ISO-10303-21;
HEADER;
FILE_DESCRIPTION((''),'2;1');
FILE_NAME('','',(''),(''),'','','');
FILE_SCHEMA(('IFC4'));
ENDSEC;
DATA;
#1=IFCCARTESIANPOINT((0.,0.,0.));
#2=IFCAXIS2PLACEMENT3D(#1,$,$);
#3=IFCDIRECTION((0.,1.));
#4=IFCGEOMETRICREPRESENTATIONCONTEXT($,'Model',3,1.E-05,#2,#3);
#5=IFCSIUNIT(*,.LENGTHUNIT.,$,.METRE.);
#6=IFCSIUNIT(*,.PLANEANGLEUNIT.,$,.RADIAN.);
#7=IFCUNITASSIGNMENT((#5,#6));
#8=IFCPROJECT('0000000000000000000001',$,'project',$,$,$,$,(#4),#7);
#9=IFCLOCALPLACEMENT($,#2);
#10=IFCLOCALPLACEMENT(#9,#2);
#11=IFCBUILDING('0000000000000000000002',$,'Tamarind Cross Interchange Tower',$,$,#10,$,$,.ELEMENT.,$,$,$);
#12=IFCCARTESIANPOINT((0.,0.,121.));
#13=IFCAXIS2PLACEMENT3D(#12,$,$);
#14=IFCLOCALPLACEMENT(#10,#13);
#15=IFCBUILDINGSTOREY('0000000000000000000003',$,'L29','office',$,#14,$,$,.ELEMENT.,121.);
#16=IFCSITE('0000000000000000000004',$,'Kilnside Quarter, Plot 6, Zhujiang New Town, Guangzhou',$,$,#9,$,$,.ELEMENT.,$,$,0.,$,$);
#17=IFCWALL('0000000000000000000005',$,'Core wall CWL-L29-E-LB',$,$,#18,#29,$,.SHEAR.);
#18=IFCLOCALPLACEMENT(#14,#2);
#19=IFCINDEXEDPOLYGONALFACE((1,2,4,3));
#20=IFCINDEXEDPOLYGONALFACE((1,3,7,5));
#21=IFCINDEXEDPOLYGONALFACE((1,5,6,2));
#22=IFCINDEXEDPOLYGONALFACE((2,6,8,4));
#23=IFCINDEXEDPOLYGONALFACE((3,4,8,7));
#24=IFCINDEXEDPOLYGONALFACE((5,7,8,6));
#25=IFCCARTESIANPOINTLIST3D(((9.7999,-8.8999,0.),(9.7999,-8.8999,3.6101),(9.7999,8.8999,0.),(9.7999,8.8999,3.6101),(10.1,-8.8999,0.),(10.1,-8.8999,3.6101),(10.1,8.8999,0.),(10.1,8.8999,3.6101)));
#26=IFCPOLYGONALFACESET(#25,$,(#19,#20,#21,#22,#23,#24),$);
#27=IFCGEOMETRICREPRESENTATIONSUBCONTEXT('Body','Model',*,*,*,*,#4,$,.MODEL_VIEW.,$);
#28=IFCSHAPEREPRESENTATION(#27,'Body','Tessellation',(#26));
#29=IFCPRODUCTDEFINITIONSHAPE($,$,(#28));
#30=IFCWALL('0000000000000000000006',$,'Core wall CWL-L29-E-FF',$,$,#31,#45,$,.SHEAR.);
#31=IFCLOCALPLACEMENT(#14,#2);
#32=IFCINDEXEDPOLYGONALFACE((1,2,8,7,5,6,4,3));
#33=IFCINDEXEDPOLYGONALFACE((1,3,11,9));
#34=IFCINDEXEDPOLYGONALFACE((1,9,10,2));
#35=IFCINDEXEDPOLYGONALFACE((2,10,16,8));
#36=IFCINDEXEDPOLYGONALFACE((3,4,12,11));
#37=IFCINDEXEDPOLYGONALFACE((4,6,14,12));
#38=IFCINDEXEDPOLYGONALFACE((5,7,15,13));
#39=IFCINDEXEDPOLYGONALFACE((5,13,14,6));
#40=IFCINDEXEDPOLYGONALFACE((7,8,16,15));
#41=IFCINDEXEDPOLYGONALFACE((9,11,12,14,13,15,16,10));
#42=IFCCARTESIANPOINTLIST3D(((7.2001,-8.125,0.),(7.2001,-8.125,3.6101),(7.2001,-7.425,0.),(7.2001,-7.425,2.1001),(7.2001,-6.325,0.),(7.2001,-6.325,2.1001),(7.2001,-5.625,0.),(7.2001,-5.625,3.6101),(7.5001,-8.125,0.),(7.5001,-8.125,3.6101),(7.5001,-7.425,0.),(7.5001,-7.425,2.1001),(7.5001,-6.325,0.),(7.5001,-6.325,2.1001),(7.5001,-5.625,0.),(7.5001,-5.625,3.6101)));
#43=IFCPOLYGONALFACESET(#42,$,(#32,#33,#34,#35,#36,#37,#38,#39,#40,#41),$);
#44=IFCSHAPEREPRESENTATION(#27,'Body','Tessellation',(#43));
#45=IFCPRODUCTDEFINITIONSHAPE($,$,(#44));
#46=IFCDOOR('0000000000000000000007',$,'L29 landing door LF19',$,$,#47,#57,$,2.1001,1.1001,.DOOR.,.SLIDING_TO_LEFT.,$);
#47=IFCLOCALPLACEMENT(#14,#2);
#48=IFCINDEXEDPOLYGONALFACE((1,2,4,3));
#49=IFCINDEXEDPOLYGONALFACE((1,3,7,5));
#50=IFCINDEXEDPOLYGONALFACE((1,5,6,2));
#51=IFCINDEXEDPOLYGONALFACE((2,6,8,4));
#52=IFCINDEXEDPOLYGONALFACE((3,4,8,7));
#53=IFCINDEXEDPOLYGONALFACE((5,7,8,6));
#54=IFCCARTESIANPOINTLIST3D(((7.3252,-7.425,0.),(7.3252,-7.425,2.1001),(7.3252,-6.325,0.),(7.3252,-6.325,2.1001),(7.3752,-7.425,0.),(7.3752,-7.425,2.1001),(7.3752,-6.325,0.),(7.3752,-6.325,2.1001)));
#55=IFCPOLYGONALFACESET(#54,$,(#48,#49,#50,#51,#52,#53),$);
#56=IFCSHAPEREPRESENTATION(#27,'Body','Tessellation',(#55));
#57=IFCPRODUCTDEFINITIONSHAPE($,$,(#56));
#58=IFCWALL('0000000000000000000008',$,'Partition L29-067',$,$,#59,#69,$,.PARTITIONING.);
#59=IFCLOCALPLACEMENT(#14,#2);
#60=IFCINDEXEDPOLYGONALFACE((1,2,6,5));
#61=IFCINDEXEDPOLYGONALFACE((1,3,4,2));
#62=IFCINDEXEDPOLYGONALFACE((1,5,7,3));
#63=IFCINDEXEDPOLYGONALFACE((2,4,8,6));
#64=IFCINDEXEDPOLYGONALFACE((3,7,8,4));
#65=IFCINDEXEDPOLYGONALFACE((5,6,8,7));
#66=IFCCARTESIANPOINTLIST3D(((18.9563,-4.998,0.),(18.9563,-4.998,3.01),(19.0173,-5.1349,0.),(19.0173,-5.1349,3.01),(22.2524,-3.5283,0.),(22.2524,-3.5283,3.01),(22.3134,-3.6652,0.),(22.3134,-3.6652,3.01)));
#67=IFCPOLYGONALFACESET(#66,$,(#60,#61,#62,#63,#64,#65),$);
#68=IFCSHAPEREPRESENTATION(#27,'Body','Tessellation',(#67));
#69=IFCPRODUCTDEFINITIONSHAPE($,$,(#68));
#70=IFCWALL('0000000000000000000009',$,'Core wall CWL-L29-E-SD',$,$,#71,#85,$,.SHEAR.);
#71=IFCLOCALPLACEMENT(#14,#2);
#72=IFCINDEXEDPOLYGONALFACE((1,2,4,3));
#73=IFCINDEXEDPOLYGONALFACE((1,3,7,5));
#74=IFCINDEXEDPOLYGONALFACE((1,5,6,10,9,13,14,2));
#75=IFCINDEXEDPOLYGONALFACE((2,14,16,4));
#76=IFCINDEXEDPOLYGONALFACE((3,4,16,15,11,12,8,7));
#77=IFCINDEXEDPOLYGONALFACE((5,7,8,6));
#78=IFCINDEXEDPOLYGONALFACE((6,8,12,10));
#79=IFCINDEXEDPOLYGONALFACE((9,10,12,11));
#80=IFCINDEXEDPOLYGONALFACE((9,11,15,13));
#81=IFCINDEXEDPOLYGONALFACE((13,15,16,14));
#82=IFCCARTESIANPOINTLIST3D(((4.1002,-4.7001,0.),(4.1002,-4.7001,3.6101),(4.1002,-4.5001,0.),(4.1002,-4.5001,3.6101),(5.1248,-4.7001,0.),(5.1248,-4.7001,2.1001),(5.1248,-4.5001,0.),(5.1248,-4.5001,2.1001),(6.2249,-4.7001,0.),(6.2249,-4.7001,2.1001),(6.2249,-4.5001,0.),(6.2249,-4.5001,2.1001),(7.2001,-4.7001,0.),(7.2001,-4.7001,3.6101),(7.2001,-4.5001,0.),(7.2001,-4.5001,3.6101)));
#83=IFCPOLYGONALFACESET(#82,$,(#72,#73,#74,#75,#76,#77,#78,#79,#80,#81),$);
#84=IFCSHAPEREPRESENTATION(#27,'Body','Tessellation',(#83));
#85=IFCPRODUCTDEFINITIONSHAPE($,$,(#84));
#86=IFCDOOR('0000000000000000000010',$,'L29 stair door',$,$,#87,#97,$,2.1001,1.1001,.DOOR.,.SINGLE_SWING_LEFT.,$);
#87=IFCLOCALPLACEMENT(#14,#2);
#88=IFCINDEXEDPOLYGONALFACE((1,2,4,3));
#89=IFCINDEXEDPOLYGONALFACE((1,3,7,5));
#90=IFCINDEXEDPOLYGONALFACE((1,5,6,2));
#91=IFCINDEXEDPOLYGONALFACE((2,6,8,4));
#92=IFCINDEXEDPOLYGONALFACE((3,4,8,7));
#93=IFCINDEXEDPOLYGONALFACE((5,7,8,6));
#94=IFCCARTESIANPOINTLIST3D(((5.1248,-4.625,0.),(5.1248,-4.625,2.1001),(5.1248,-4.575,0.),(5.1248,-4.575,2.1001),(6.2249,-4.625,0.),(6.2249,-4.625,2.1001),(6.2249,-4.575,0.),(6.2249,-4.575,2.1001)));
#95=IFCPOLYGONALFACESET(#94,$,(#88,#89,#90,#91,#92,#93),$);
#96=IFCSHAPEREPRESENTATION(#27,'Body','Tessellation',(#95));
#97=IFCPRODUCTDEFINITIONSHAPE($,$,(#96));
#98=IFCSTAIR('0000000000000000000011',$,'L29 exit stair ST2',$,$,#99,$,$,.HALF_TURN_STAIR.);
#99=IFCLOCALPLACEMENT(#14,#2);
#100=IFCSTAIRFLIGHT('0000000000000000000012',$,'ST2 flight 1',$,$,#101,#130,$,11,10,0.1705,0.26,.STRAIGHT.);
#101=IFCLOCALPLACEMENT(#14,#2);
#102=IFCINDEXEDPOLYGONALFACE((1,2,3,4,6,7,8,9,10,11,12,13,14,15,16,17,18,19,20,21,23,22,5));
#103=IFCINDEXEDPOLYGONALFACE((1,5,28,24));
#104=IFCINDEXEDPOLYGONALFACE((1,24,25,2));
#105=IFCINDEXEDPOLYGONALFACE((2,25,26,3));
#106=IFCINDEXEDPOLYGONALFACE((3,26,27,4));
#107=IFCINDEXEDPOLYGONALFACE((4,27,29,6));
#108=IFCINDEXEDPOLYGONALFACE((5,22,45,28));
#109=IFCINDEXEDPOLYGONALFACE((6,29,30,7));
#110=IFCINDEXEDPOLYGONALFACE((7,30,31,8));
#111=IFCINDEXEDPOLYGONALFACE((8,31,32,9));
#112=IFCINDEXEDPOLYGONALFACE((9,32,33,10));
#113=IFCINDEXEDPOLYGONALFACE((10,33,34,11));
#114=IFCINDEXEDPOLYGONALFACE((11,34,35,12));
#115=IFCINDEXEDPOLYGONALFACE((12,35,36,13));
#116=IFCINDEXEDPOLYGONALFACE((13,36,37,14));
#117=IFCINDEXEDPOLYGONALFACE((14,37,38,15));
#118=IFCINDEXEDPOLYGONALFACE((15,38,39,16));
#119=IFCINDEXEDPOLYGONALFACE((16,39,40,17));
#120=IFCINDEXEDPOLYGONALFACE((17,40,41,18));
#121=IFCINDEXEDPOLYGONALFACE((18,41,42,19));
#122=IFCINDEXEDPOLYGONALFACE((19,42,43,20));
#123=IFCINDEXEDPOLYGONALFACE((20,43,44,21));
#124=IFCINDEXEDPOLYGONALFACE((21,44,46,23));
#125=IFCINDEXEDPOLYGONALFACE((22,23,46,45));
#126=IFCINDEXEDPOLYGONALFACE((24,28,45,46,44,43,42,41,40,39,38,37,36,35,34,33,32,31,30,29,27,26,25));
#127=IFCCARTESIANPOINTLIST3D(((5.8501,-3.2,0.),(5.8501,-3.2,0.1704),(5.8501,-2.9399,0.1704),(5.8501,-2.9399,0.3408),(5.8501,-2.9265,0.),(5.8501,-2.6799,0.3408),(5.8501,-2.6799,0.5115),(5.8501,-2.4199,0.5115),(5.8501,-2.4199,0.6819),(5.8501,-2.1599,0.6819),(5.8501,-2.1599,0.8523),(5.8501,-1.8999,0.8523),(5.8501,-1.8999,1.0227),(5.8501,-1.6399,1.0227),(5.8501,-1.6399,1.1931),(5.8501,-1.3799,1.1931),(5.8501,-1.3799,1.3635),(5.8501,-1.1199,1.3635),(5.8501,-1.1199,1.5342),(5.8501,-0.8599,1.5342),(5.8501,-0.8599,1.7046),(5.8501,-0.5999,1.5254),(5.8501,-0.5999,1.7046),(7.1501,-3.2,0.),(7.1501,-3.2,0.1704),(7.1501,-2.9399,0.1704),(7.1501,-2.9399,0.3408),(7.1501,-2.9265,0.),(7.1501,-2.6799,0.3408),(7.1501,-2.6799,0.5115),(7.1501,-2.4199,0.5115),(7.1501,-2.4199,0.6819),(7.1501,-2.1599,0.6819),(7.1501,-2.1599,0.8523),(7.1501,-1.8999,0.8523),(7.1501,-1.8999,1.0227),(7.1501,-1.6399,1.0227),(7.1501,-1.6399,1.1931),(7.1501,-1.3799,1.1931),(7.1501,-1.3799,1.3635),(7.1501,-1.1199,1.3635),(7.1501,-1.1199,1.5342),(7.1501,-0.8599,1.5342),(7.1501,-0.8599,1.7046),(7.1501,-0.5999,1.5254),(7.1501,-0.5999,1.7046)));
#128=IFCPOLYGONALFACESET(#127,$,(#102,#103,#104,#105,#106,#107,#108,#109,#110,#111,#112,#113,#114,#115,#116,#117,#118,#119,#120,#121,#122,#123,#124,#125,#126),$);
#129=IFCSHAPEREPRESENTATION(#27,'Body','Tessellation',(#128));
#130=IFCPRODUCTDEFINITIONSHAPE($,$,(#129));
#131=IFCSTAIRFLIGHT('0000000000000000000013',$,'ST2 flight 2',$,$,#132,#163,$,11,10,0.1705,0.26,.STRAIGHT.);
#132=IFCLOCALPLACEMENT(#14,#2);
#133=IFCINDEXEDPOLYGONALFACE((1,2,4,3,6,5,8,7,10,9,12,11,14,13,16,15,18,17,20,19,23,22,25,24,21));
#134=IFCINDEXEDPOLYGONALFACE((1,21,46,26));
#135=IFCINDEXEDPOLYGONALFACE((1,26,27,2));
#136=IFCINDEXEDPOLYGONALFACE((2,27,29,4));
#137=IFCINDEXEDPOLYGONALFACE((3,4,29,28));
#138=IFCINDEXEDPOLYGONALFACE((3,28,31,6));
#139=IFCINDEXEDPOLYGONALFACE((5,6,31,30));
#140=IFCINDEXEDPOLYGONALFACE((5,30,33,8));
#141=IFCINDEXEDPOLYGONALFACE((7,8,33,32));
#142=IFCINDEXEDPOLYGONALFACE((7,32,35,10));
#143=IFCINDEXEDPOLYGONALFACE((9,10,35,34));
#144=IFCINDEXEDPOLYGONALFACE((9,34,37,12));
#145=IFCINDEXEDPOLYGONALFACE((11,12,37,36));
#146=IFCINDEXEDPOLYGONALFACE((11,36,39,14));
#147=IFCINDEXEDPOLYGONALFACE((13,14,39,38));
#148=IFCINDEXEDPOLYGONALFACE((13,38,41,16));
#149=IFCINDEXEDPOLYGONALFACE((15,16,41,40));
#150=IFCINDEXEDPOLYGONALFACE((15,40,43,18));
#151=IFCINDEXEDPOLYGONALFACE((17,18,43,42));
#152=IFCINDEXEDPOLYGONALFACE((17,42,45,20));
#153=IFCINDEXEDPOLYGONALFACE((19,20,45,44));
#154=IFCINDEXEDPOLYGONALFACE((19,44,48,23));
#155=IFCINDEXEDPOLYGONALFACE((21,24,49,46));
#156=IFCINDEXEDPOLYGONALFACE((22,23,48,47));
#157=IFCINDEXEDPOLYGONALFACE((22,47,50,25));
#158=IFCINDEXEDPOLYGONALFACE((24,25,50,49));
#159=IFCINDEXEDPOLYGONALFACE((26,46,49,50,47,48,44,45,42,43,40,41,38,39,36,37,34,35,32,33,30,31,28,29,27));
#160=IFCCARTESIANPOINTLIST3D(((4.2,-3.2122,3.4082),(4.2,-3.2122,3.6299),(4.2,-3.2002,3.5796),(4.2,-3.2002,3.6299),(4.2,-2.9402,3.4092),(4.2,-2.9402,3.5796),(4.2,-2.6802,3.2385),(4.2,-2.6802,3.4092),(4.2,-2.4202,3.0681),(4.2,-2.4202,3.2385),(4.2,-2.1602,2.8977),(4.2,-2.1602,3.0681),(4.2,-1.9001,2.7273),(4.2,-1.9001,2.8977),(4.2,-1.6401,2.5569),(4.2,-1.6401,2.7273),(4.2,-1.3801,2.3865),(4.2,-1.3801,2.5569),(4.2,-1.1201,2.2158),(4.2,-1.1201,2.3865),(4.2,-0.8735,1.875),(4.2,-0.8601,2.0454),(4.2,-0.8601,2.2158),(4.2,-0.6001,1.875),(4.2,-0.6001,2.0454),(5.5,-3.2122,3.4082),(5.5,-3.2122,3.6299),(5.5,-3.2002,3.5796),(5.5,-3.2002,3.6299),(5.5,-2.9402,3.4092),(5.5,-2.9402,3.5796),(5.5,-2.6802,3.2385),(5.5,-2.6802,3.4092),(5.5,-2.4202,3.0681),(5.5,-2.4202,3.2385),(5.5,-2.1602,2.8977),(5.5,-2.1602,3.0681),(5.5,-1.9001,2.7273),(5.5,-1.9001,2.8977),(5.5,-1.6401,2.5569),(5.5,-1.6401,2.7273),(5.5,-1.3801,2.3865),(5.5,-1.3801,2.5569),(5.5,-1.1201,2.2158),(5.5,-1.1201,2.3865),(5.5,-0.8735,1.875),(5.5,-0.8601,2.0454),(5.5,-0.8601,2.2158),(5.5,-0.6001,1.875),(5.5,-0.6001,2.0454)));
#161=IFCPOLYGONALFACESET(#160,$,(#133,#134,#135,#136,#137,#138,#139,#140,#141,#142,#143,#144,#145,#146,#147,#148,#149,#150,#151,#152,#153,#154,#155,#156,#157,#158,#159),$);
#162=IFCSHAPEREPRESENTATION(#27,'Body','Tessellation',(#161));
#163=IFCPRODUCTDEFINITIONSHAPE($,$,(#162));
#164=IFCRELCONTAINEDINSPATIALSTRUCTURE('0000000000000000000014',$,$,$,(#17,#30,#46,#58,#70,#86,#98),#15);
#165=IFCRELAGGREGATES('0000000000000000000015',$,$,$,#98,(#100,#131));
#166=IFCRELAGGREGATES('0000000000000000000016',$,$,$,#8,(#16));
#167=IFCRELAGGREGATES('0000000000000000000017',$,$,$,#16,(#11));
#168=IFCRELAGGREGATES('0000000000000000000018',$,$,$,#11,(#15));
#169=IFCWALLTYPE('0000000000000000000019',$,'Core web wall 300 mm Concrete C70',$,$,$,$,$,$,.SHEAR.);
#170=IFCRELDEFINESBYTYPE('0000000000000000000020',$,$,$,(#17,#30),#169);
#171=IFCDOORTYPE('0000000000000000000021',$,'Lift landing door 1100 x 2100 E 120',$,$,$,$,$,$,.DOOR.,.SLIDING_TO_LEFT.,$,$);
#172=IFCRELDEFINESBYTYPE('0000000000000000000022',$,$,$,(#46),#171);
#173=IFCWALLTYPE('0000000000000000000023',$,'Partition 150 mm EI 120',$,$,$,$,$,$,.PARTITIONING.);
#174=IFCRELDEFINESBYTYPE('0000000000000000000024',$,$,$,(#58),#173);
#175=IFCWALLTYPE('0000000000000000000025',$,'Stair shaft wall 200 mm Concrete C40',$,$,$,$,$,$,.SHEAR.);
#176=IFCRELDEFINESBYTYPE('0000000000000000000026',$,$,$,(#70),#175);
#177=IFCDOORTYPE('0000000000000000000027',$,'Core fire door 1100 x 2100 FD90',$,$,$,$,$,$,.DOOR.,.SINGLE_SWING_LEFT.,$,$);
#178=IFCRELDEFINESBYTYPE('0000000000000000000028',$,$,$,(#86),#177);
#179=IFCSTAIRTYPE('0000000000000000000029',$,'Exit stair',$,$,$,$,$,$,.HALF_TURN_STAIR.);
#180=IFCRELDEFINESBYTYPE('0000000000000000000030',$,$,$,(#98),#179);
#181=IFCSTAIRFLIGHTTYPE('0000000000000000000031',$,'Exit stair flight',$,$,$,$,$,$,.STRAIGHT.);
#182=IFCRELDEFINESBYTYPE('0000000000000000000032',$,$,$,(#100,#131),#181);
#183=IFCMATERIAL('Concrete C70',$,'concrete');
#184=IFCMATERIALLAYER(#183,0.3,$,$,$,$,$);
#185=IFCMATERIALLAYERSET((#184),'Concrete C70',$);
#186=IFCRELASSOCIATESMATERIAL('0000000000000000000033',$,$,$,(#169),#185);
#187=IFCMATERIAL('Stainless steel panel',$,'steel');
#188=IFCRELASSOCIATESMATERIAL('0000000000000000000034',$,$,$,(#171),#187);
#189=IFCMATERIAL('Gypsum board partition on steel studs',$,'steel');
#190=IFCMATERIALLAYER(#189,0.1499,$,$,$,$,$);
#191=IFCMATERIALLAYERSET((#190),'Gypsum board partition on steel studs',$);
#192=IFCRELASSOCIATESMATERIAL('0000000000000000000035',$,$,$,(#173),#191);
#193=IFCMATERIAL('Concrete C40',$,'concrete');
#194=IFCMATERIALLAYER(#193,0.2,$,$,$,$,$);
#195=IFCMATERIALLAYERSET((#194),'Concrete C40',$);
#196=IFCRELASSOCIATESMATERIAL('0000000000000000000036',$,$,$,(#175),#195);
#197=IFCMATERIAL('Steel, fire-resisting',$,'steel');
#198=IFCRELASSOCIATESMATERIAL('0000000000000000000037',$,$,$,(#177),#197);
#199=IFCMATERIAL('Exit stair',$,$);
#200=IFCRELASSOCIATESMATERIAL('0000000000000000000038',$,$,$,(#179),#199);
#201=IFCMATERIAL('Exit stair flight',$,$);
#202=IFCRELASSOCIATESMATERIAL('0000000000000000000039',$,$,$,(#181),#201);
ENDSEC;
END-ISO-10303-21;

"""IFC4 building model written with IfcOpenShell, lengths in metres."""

from ifc_helpers import new_model, si_unit, direction, frame, frame_2d, origin, place, context, subcontext, project, spatial, polyline, rectangle, outline, extrude, material, layer, layer_set, type_object, element, fill, aggregate, save


model = new_model("IFC4")

# Units and contexts
model_context = context("Model", 3, precision=1e-05, world=origin(), true_north=direction((0.0, 1.0)))
body_context = subcontext(model_context, "Body", "Model", "MODEL_VIEW")
ifc_project = project(units=[si_unit("LENGTHUNIT", "METRE"), si_unit("PLANEANGLEUNIT", "RADIAN")], contexts=[model_context])

# Site, building, storey
site_placement = place(None, origin())
site = spatial("IfcSite", under=ifc_project, at=site_placement, Name="Kilnside Quarter, Plot 6, Zhujiang New Town, Guangzhou", CompositionType="ELEMENT", RefElevation=0.0)
building_placement = place(site_placement, origin())
building = spatial("IfcBuilding", under=site, at=building_placement, Name="Tamarind Cross Interchange Tower", CompositionType="ELEMENT")
storey_placement = place(building_placement, frame((0.0, 0.0, 121.0)))
storey = spatial("IfcBuildingStorey", under=building, at=storey_placement, Name="L29", Description="office", CompositionType="ELEMENT", Elevation=121.0)

# Shared definitions
ifc_material_1 = material(Name="Concrete C70", Category="concrete")
ifc_layer_1 = layer(ifc_material_1, 0.3)
ifc_layer_set_1 = layer_set([ifc_layer_1], Name="Concrete C70")
wall_type_1 = type_object("IfcWallType", Name="Core web wall 300 mm Concrete C70", PredefinedType="SHEAR", material=ifc_layer_set_1)

# Shared definitions
ifc_material_2 = material(Name="Stainless steel panel", Category="steel")
door_type_1 = type_object("IfcDoorType", Name="Lift landing door 1100 x 2100 E 120", OperationType="SLIDING_TO_LEFT", PredefinedType="DOOR", material=ifc_material_2)

# Wall
wall_1_placement = place(storey_placement, frame((9.95, -8.8999, 0.0), z_axis=(0.0, 0.0, 1.0), x_axis=(0.0, 1.0, 0.0)))
element("IfcWall", 1, at=wall_1_placement, inside=storey, type_object=wall_type_1, Name="Core wall CWL-L29-E-LB", PredefinedType="SHEAR", context=body_context, shape_type="SweptSolid", body=[
    extrude(rectangle(XDim=17.7998, YDim=0.3, at=frame_2d((8.8999, 0.0))), origin(), (0.0, 0.0, 1.0), 3.6101),
])

# Wall, opening, door
wall_2_placement = place(storey_placement, frame((7.3501, -8.125, 0.0), z_axis=(0.0, 0.0, 1.0), x_axis=(0.0, 1.0, 0.0)))
wall_2 = element("IfcWall", 2, at=wall_2_placement, inside=storey, type_object=wall_type_1, Name="Core wall CWL-L29-E-FF", PredefinedType="SHEAR", context=body_context, shape_type="SweptSolid", body=[
    extrude(rectangle(XDim=2.5, YDim=0.3, at=frame_2d((1.25, 0.0))), origin(), (0.0, 0.0, 1.0), 3.6101),
])
opening_1_placement = place(wall_2_placement, frame((0.7, 0.0, 0.0)))
opening_1 = element("IfcOpeningElement", 3, at=opening_1_placement, cuts=wall_2, PredefinedType="OPENING", context=body_context, shape_type="SweptSolid", body=[
    extrude(rectangle(XDim=1.1001, YDim=2.1001, at=frame_2d((0.55, 1.05))), frame((0.0, 0.1599, 0.0), z_axis=(0.0, -1.0, 0.0), x_axis=(1.0, 0.0, 0.0)), (0.0, 0.0, 1.0), 0.3201),
])
door_1_placement = place(opening_1_placement, origin())
door_1 = element("IfcDoor", 4, at=door_1_placement, inside=storey, type_object=door_type_1, Name="L29 landing door LF19", OperationType="SLIDING_TO_LEFT", OverallHeight=2.1001, OverallWidth=1.1001, PredefinedType="DOOR", context=body_context, shape_type="SweptSolid", body=[
    extrude(rectangle(XDim=1.1001, YDim=2.1001, at=frame_2d((0.55, 1.05))), frame((0.0, 0.0249, 0.0), z_axis=(0.0, -1.0, 0.0), x_axis=(1.0, 0.0, 0.0)), (0.0, 0.0, 1.0), 0.05),
])
fill(opening_1, door_1)

# Wall
ifc_material_3 = material(Name="Gypsum board partition on steel studs", Category="steel")
ifc_layer_2 = layer(ifc_material_3, 0.1499)
ifc_layer_set_2 = layer_set([ifc_layer_2], Name="Gypsum board partition on steel studs")
wall_type_2 = type_object("IfcWallType", Name="Partition 150 mm EI 120", PredefinedType="PARTITIONING", material=ifc_layer_set_2)
wall_3_placement = place(storey_placement, frame((18.9868, -5.0664, 0.0), z_axis=(0.0, 0.0, 1.0), x_axis=(0.91332, 0.407243, 0.0)))
element("IfcWall", 5, at=wall_3_placement, inside=storey, type_object=wall_type_2, Name="Partition L29-067", PredefinedType="PARTITIONING", context=body_context, shape_type="SweptSolid", body=[
    extrude(rectangle(XDim=3.6089, YDim=0.1499, at=frame_2d((1.8044, 0.0))), origin(), (0.0, 0.0, 1.0), 3.01),
])

# Wall, opening, door
ifc_material_4 = material(Name="Concrete C40", Category="concrete")
ifc_layer_3 = layer(ifc_material_4, 0.2)
ifc_layer_set_3 = layer_set([ifc_layer_3], Name="Concrete C40")
wall_type_3 = type_object("IfcWallType", Name="Stair shaft wall 200 mm Concrete C40", PredefinedType="SHEAR", material=ifc_layer_set_3)
wall_4_placement = place(storey_placement, frame((7.2, -4.6001, 0.0), z_axis=(0.0, 0.0, 1.0), x_axis=(-1.0, 0.0, 0.0)))
wall_4 = element("IfcWall", 6, at=wall_4_placement, inside=storey, type_object=wall_type_3, Name="Core wall CWL-L29-E-SD", PredefinedType="SHEAR", context=body_context, shape_type="SweptSolid", body=[
    extrude(rectangle(XDim=3.0999, YDim=0.2, at=frame_2d((1.5498, 0.0))), origin(), (0.0, 0.0, 1.0), 3.6101),
])
opening_2_placement = place(wall_4_placement, frame((0.9751, 0.0, 0.0)))
opening_2 = element("IfcOpeningElement", 7, at=opening_2_placement, cuts=wall_4, PredefinedType="OPENING", context=body_context, shape_type="SweptSolid", body=[
    extrude(rectangle(XDim=1.1001, YDim=2.1001, at=frame_2d((0.55, 1.05))), frame((0.0, 0.1099, 0.0), z_axis=(0.0, -1.0, 0.0), x_axis=(1.0, 0.0, 0.0)), (0.0, 0.0, 1.0), 0.22),
])
ifc_material_5 = material(Name="Steel, fire-resisting", Category="steel")
door_type_2 = type_object("IfcDoorType", Name="Core fire door 1100 x 2100 FD90", OperationType="SINGLE_SWING_LEFT", PredefinedType="DOOR", material=ifc_material_5)
door_2_placement = place(opening_2_placement, origin())
door_2 = element("IfcDoor", 8, at=door_2_placement, inside=storey, type_object=door_type_2, Name="L29 stair door", OperationType="SINGLE_SWING_LEFT", OverallHeight=2.1001, OverallWidth=1.1001, PredefinedType="DOOR", context=body_context, shape_type="SweptSolid", body=[
    extrude(rectangle(XDim=1.1001, YDim=2.1001, at=frame_2d((0.55, 1.05))), frame((0.0, 0.0249, 0.0), z_axis=(0.0, -1.0, 0.0), x_axis=(1.0, 0.0, 0.0)), (0.0, 0.0, 1.0), 0.05),
])
fill(opening_2, door_2)

# Stair, stair flights
ifc_material_6 = material(Name="Exit stair")
stair_type = type_object("IfcStairType", Name="Exit stair", PredefinedType="HALF_TURN_STAIR", material=ifc_material_6)
stair_placement = place(storey_placement, origin())
stair = element("IfcStair", 9, at=stair_placement, inside=storey, type_object=stair_type, Name="L29 exit stair ST2", PredefinedType="HALF_TURN_STAIR")
ifc_material_7 = material(Name="Exit stair flight")
stair_flight_type = type_object("IfcStairFlightType", Name="Exit stair flight", PredefinedType="STRAIGHT", material=ifc_material_7)
stair_flight_1_placement = place(storey_placement, frame((6.5, -3.2, 0.0), z_axis=(0.0, 0.0, 1.0), x_axis=(0.0, 1.0, 0.0)))
stair_flight_1 = element("IfcStairFlight", 10, at=stair_flight_1_placement, type_object=stair_flight_type, Name="ST2 flight 1", NumberOfRisers=11, NumberOfTreads=10, PredefinedType="STRAIGHT", RiserHeight=0.1705, TreadLength=0.26, context=body_context, shape_type="SweptSolid", body=[
    extrude(outline(polyline([(0.0, 0.0), (0.0, 0.1704), (0.26, 0.1704), (0.26, 0.3408), (0.52, 0.3408), (0.52, 0.5115), (0.78, 0.5115), (0.78, 0.6819), (1.04, 0.6819), (1.04, 0.8523), (1.3, 0.8523), (1.3, 1.0227), (1.5601, 1.0227), (1.5601, 1.1931), (1.8201, 1.1931), (1.8201, 1.3635), (2.0801, 1.3635), (2.0801, 1.5342), (2.3401, 1.5342), (2.3401, 1.7046), (2.6001, 1.7046), (2.6001, 1.875), (2.6001, 1.5254), (0.2734, 0.0), (0.0, 0.0)])), frame((0.0, 0.6499, 0.0), z_axis=(0.0, -1.0, 0.0), x_axis=(1.0, 0.0, 0.0)), (0.0, 0.0, 1.0), 1.3),
])
stair_flight_2_placement = place(storey_placement, frame((4.8501, -0.6001, 1.875), z_axis=(0.0, 0.0, 1.0), x_axis=(0.0, -1.0, 0.0)))
stair_flight_2 = element("IfcStairFlight", 11, at=stair_flight_2_placement, type_object=stair_flight_type, Name="ST2 flight 2", NumberOfRisers=11, NumberOfTreads=10, PredefinedType="STRAIGHT", RiserHeight=0.1705, TreadLength=0.26, context=body_context, shape_type="SweptSolid", body=[
    extrude(outline(polyline([(0.0, 0.0), (0.0, 0.1704), (0.26, 0.1704), (0.26, 0.3408), (0.52, 0.3408), (0.52, 0.5115), (0.78, 0.5115), (0.78, 0.6819), (1.04, 0.6819), (1.04, 0.8523), (1.3, 0.8523), (1.3, 1.0227), (1.5601, 1.0227), (1.5601, 1.1931), (1.8201, 1.1931), (1.8201, 1.3635), (2.0801, 1.3635), (2.0801, 1.5342), (2.3401, 1.5342), (2.3401, 1.7046), (2.6001, 1.7046), (2.6001, 1.7549), (2.6121, 1.7549), (2.6121, 1.5332), (0.2734, 0.0), (0.0, 0.0)])), frame((0.0, 0.6499, 0.0), z_axis=(0.0, -1.0, 0.0), x_axis=(1.0, 0.0, 0.0)), (0.0, 0.0, 1.0), 1.3),
])
aggregate(stair, [stair_flight_1, stair_flight_2])

save(model, "model.ifc")
